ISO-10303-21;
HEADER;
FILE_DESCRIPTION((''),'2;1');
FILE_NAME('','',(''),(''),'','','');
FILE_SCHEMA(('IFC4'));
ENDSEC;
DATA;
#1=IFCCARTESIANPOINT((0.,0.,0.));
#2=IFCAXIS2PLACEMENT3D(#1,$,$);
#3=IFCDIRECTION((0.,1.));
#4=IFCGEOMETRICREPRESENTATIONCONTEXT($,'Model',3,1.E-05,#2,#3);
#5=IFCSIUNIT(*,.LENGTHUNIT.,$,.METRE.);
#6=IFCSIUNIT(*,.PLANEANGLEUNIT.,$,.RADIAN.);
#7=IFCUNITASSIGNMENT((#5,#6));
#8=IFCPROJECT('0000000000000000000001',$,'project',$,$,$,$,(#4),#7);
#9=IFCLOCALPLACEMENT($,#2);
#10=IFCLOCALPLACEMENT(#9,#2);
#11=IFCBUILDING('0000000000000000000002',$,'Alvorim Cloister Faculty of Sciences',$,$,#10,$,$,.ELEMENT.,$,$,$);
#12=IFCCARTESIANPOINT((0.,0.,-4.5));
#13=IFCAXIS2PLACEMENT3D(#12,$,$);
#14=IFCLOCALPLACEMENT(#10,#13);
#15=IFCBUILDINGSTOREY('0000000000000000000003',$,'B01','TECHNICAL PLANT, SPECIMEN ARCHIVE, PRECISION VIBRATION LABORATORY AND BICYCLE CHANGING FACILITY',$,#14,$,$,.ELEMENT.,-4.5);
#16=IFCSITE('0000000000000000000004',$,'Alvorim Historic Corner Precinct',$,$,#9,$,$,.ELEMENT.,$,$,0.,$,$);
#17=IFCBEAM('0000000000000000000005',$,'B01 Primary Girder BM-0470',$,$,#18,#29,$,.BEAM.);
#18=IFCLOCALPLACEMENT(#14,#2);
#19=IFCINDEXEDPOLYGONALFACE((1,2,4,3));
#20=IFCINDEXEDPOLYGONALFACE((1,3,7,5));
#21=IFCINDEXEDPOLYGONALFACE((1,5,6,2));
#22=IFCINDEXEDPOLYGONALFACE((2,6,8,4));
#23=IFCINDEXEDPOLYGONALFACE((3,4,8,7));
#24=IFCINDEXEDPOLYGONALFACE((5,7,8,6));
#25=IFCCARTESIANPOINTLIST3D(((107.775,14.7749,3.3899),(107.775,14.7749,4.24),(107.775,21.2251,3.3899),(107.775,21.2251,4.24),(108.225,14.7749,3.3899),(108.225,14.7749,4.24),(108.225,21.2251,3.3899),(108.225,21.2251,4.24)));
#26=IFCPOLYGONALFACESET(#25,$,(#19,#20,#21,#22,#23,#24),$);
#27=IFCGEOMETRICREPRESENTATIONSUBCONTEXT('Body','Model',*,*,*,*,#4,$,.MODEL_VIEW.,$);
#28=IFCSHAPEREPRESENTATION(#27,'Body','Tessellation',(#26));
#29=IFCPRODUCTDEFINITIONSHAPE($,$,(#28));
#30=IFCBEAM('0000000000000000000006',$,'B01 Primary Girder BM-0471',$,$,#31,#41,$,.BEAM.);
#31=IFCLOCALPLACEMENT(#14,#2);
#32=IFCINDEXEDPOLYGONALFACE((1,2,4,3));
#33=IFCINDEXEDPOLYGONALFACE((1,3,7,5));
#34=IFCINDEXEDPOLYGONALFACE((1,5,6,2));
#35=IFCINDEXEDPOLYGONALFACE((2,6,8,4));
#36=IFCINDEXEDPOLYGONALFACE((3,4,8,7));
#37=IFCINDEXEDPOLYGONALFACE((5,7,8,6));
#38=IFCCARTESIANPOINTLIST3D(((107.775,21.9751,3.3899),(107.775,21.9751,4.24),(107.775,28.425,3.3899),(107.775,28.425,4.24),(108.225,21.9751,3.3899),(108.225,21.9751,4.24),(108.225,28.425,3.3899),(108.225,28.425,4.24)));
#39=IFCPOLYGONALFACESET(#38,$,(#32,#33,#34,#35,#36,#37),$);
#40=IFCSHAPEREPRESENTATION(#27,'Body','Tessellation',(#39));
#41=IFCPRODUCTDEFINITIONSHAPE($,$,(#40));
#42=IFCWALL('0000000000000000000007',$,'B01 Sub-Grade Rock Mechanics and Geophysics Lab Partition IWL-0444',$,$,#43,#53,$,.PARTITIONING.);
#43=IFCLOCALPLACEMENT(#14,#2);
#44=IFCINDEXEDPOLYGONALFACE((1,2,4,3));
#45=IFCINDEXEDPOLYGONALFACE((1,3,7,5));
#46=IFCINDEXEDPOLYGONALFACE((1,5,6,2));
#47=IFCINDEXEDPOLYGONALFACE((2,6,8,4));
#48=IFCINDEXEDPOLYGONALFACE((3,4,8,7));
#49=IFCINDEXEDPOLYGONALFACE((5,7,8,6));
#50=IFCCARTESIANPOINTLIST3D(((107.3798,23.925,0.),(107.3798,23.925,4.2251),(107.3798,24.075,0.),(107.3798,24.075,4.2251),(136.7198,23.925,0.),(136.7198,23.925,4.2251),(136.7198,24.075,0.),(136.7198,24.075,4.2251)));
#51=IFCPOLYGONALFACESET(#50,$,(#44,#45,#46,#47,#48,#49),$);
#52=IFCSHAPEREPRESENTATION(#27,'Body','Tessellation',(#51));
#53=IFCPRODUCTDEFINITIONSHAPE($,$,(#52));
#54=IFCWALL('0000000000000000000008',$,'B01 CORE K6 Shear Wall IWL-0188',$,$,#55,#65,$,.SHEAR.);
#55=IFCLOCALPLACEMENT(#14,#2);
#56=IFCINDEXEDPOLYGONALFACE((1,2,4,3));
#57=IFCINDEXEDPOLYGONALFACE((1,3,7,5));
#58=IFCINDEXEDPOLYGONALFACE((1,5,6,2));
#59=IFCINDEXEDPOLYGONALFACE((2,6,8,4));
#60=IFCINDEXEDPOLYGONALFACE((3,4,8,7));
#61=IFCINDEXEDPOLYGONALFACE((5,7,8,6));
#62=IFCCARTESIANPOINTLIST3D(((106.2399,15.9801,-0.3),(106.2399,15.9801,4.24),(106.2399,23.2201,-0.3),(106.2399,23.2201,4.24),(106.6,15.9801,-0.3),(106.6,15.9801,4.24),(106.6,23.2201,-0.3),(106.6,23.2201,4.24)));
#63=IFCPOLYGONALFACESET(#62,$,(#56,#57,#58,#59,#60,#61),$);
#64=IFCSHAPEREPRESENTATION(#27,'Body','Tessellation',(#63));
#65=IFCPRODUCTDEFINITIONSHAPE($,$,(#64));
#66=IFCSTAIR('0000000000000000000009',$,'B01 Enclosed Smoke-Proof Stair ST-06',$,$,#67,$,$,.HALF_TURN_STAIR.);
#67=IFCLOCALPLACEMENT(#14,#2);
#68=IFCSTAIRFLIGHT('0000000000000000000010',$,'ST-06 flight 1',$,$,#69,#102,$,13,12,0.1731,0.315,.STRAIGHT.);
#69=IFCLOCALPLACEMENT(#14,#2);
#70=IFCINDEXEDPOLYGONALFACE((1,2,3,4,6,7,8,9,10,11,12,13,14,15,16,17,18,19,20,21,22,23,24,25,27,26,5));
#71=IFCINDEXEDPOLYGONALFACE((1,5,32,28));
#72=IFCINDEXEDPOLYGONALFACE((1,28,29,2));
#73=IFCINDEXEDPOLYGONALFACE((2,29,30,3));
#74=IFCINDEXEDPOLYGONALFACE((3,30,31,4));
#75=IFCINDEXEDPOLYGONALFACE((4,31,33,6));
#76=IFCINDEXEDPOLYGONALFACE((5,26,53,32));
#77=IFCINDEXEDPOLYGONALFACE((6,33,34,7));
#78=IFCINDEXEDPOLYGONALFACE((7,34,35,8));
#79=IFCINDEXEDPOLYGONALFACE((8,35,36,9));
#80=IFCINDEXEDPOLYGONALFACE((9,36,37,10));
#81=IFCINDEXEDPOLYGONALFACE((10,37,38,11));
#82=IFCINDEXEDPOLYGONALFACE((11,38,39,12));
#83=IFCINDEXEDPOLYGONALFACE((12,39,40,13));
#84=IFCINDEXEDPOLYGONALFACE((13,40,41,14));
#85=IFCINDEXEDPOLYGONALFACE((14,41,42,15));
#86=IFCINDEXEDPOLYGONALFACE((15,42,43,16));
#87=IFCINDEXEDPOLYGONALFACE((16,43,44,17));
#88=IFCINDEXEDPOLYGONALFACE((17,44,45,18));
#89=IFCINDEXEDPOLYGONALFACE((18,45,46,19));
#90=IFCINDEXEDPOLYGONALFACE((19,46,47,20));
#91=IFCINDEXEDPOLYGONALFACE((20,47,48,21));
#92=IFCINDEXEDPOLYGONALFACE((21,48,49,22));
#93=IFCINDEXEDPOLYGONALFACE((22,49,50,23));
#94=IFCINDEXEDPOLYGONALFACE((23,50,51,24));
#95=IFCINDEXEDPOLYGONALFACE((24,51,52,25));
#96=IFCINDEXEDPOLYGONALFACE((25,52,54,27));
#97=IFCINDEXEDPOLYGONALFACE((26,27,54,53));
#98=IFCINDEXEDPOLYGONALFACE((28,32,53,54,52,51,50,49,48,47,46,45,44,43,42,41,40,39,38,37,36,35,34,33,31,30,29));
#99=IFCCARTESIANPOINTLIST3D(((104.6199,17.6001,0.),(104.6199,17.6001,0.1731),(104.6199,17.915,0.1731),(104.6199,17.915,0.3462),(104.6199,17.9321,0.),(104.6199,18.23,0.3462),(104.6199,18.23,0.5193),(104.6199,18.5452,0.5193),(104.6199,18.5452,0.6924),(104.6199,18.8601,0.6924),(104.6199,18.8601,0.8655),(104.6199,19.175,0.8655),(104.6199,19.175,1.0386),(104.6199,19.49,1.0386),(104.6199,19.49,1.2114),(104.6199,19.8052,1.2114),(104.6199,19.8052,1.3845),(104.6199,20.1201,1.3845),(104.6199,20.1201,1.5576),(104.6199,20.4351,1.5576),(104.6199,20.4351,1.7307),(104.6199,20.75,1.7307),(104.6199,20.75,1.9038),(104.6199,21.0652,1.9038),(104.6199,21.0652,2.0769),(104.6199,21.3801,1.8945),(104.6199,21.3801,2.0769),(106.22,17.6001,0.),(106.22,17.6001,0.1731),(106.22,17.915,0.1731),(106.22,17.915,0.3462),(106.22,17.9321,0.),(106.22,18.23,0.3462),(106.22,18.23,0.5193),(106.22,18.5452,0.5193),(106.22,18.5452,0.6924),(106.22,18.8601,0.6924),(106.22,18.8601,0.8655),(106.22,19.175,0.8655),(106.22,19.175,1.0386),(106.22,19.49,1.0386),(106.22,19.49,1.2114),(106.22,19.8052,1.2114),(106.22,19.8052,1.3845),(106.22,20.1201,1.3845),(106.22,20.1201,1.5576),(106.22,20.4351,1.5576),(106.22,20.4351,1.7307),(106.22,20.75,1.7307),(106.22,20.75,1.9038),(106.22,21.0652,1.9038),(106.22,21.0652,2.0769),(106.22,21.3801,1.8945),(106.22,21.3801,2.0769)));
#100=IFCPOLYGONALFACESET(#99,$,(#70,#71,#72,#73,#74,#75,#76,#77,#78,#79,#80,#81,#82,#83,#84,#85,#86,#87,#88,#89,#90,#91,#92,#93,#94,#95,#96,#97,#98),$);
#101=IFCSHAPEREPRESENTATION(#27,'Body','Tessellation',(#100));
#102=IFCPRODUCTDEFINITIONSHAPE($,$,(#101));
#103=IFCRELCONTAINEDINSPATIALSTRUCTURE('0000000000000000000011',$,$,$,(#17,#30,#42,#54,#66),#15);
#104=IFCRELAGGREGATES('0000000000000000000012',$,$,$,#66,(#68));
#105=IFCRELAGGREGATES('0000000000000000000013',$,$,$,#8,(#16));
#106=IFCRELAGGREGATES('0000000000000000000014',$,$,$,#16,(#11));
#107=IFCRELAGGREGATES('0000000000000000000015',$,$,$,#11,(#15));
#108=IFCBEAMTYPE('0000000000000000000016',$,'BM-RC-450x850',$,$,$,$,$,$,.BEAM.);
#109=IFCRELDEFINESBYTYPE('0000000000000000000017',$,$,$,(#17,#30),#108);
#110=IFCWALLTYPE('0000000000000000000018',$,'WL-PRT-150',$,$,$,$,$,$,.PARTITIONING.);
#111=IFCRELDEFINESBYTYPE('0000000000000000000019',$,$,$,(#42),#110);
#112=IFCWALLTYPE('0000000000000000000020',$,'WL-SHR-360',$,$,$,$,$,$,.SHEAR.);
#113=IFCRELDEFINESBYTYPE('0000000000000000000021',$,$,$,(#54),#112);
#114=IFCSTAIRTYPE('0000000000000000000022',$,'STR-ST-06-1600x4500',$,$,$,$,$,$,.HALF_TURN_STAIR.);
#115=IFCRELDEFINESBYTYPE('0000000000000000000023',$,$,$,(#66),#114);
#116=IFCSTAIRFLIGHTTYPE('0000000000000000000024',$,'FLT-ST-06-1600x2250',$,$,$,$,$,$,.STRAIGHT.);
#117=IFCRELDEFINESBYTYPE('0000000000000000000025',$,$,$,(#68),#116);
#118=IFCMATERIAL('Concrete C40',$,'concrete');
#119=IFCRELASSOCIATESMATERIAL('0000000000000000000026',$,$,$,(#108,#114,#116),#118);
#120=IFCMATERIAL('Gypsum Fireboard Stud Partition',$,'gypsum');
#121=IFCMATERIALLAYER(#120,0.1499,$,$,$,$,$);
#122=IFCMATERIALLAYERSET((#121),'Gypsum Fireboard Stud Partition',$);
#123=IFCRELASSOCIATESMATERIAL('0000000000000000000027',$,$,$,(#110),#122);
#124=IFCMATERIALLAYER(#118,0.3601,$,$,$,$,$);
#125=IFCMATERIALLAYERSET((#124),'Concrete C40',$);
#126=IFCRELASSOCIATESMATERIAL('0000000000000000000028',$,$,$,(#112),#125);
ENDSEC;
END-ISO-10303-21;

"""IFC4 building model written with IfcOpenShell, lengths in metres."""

from ifc_helpers import new_model, si_unit, direction, frame, frame_2d, origin, origin_2d, place, context, subcontext, project, spatial, polyline, rectangle, outline, extrude, material, layer, layer_set, material_profile, profile_set, type_object, element, aggregate, save


model = new_model("IFC4")

# Units and contexts
model_context = context("Model", 3, precision=1e-05, world=origin(), true_north=direction((0.0, 1.0)))
body_context = subcontext(model_context, "Body", "Model", "MODEL_VIEW")
ifc_project = project(units=[si_unit("LENGTHUNIT", "METRE"), si_unit("PLANEANGLEUNIT", "RADIAN")], contexts=[model_context])

# Site, building, storey
site_placement = place(None, origin())
site = spatial("IfcSite", under=ifc_project, at=site_placement, Name="Alvorim Historic Corner Precinct", CompositionType="ELEMENT", RefElevation=0.0)
building_placement = place(site_placement, origin())
building = spatial("IfcBuilding", under=site, at=building_placement, Name="Alvorim Cloister Faculty of Sciences", CompositionType="ELEMENT")
storey_placement = place(building_placement, frame((0.0, 0.0, -4.5)))
storey = spatial("IfcBuildingStorey", under=building, at=storey_placement, Name="B01", Description="TECHNICAL PLANT, SPECIMEN ARCHIVE, PRECISION VIBRATION LABORATORY AND BICYCLE CHANGING FACILITY", CompositionType="ELEMENT", Elevation=-4.5)

# Shared definitions
ifc_material_1 = material(Name="Concrete C40", Category="concrete")

# Beams
ifc_material_profile_1 = material_profile(ifc_material_1, rectangle(XDim=0.45, YDim=0.8501, at=origin_2d()), Name="RC40-BM-450x850")
ifc_profile_set_1 = profile_set([ifc_material_profile_1], Name="Concrete C40")
beam_type_1 = type_object("IfcBeamType", Name="BM-RC-450x850", PredefinedType="BEAM", material=ifc_profile_set_1)
beam_1_placement = place(storey_placement, frame((108.0, 14.7749, 3.8149), z_axis=(0.0, 1.0, 0.0), x_axis=(-1.0, 0.0, 0.0)))
element("IfcBeam", 1, at=beam_1_placement, inside=storey, type_object=beam_type_1, Name="B01 Primary Girder BM-0470", PredefinedType="BEAM", context=body_context, shape_type="SweptSolid", body=[
    extrude(rectangle(XDim=0.45, YDim=0.8501, at=origin_2d()), origin(), (0.0, 0.0, 1.0), 6.4502),
])
beam_2_placement = place(storey_placement, frame((108.0, 21.9751, 3.8149), z_axis=(0.0, 1.0, 0.0), x_axis=(-1.0, 0.0, 0.0)))
element("IfcBeam", 2, at=beam_2_placement, inside=storey, type_object=beam_type_1, Name="B01 Primary Girder BM-0471", PredefinedType="BEAM", context=body_context, shape_type="SweptSolid", body=[
    extrude(rectangle(XDim=0.45, YDim=0.8501, at=origin_2d()), origin(), (0.0, 0.0, 1.0), 6.45),
])

# Walls
ifc_material_2 = material(Name="Gypsum Fireboard Stud Partition", Category="gypsum")
ifc_layer_1 = layer(ifc_material_2, 0.1499)
ifc_layer_set_1 = layer_set([ifc_layer_1], Name="Gypsum Fireboard Stud Partition")
wall_type_1 = type_object("IfcWallType", Name="WL-PRT-150", PredefinedType="PARTITIONING", material=ifc_layer_set_1)
wall_1_placement = place(storey_placement, frame((107.3799, 24.0, 0.0), z_axis=(0.0, 0.0, 1.0), x_axis=(1.0, 0.0, 0.0)))
element("IfcWall", 3, at=wall_1_placement, inside=storey, type_object=wall_type_1, Name="B01 Sub-Grade Rock Mechanics and Geophysics Lab Partition IWL-0444", PredefinedType="PARTITIONING", context=body_context, shape_type="SweptSolid", body=[
    extrude(rectangle(XDim=29.3401, YDim=0.1499, at=frame_2d((14.6699, 0.0))), origin(), (0.0, 0.0, 1.0), 4.2251),
])
ifc_layer_2 = layer(ifc_material_1, 0.3601)
ifc_layer_set_2 = layer_set([ifc_layer_2], Name="Concrete C40")
wall_type_2 = type_object("IfcWallType", Name="WL-SHR-360", PredefinedType="SHEAR", material=ifc_layer_set_2)
wall_2_placement = place(storey_placement, frame((106.4199, 15.98, -0.3), z_axis=(0.0, 0.0, 1.0), x_axis=(0.0, 1.0, 0.0)))
element("IfcWall", 4, at=wall_2_placement, inside=storey, type_object=wall_type_2, Name="B01 CORE K6 Shear Wall IWL-0188", PredefinedType="SHEAR", context=body_context, shape_type="SweptSolid", body=[
    extrude(rectangle(XDim=7.24, YDim=0.3601, at=frame_2d((3.6201, 0.0))), origin(), (0.0, 0.0, 1.0), 4.54),
])

# Stair, stair flight
stair_type = type_object("IfcStairType", Name="STR-ST-06-1600x4500", PredefinedType="HALF_TURN_STAIR", material=ifc_material_1)
stair_placement = place(storey_placement, origin())
stair = element("IfcStair", 5, at=stair_placement, inside=storey, type_object=stair_type, Name="B01 Enclosed Smoke-Proof Stair ST-06", PredefinedType="HALF_TURN_STAIR")
stair_flight_type = type_object("IfcStairFlightType", Name="FLT-ST-06-1600x2250", PredefinedType="STRAIGHT", material=ifc_material_1)
stair_flight_placement = place(storey_placement, frame((105.4199, 17.6001, 0.0), z_axis=(0.0, 0.0, 1.0), x_axis=(0.0, 1.0, 0.0)))
stair_flight = element("IfcStairFlight", 6, at=stair_flight_placement, type_object=stair_flight_type, Name="ST-06 flight 1", NumberOfRisers=13, NumberOfTreads=12, PredefinedType="STRAIGHT", RiserHeight=0.1731, TreadLength=0.315, context=body_context, shape_type="SweptSolid", body=[
    extrude(outline(polyline([(0.332, 0.0), (3.78, 1.8945), (3.78, 2.25), (3.78, 2.0769), (3.4651, 2.0769), (3.4651, 1.9038), (3.1499, 1.9038), (3.1499, 1.7307), (2.835, 1.7307), (2.835, 1.5576), (2.52, 1.5576), (2.52, 1.3845), (2.2051, 1.3845), (2.2051, 1.2114), (1.8899, 1.2114), (1.8899, 1.0386), (1.575, 1.0386), (1.575, 0.8655), (1.26, 0.8655), (1.26, 0.6924), (0.9451, 0.6924), (0.9451, 0.5193), (0.6299, 0.5193), (0.6299, 0.3462), (0.3149, 0.3462), (0.3149, 0.1731), (0.0, 0.1731), (0.0, 0.0), (0.332, 0.0)])), frame((0.0, 0.8, 0.0), z_axis=(0.0, -1.0, 0.0), x_axis=(1.0, 0.0, 0.0)), (0.0, 0.0, 1.0), 1.6001),
])
aggregate(stair, [stair_flight])

save(model, "model.ifc")
